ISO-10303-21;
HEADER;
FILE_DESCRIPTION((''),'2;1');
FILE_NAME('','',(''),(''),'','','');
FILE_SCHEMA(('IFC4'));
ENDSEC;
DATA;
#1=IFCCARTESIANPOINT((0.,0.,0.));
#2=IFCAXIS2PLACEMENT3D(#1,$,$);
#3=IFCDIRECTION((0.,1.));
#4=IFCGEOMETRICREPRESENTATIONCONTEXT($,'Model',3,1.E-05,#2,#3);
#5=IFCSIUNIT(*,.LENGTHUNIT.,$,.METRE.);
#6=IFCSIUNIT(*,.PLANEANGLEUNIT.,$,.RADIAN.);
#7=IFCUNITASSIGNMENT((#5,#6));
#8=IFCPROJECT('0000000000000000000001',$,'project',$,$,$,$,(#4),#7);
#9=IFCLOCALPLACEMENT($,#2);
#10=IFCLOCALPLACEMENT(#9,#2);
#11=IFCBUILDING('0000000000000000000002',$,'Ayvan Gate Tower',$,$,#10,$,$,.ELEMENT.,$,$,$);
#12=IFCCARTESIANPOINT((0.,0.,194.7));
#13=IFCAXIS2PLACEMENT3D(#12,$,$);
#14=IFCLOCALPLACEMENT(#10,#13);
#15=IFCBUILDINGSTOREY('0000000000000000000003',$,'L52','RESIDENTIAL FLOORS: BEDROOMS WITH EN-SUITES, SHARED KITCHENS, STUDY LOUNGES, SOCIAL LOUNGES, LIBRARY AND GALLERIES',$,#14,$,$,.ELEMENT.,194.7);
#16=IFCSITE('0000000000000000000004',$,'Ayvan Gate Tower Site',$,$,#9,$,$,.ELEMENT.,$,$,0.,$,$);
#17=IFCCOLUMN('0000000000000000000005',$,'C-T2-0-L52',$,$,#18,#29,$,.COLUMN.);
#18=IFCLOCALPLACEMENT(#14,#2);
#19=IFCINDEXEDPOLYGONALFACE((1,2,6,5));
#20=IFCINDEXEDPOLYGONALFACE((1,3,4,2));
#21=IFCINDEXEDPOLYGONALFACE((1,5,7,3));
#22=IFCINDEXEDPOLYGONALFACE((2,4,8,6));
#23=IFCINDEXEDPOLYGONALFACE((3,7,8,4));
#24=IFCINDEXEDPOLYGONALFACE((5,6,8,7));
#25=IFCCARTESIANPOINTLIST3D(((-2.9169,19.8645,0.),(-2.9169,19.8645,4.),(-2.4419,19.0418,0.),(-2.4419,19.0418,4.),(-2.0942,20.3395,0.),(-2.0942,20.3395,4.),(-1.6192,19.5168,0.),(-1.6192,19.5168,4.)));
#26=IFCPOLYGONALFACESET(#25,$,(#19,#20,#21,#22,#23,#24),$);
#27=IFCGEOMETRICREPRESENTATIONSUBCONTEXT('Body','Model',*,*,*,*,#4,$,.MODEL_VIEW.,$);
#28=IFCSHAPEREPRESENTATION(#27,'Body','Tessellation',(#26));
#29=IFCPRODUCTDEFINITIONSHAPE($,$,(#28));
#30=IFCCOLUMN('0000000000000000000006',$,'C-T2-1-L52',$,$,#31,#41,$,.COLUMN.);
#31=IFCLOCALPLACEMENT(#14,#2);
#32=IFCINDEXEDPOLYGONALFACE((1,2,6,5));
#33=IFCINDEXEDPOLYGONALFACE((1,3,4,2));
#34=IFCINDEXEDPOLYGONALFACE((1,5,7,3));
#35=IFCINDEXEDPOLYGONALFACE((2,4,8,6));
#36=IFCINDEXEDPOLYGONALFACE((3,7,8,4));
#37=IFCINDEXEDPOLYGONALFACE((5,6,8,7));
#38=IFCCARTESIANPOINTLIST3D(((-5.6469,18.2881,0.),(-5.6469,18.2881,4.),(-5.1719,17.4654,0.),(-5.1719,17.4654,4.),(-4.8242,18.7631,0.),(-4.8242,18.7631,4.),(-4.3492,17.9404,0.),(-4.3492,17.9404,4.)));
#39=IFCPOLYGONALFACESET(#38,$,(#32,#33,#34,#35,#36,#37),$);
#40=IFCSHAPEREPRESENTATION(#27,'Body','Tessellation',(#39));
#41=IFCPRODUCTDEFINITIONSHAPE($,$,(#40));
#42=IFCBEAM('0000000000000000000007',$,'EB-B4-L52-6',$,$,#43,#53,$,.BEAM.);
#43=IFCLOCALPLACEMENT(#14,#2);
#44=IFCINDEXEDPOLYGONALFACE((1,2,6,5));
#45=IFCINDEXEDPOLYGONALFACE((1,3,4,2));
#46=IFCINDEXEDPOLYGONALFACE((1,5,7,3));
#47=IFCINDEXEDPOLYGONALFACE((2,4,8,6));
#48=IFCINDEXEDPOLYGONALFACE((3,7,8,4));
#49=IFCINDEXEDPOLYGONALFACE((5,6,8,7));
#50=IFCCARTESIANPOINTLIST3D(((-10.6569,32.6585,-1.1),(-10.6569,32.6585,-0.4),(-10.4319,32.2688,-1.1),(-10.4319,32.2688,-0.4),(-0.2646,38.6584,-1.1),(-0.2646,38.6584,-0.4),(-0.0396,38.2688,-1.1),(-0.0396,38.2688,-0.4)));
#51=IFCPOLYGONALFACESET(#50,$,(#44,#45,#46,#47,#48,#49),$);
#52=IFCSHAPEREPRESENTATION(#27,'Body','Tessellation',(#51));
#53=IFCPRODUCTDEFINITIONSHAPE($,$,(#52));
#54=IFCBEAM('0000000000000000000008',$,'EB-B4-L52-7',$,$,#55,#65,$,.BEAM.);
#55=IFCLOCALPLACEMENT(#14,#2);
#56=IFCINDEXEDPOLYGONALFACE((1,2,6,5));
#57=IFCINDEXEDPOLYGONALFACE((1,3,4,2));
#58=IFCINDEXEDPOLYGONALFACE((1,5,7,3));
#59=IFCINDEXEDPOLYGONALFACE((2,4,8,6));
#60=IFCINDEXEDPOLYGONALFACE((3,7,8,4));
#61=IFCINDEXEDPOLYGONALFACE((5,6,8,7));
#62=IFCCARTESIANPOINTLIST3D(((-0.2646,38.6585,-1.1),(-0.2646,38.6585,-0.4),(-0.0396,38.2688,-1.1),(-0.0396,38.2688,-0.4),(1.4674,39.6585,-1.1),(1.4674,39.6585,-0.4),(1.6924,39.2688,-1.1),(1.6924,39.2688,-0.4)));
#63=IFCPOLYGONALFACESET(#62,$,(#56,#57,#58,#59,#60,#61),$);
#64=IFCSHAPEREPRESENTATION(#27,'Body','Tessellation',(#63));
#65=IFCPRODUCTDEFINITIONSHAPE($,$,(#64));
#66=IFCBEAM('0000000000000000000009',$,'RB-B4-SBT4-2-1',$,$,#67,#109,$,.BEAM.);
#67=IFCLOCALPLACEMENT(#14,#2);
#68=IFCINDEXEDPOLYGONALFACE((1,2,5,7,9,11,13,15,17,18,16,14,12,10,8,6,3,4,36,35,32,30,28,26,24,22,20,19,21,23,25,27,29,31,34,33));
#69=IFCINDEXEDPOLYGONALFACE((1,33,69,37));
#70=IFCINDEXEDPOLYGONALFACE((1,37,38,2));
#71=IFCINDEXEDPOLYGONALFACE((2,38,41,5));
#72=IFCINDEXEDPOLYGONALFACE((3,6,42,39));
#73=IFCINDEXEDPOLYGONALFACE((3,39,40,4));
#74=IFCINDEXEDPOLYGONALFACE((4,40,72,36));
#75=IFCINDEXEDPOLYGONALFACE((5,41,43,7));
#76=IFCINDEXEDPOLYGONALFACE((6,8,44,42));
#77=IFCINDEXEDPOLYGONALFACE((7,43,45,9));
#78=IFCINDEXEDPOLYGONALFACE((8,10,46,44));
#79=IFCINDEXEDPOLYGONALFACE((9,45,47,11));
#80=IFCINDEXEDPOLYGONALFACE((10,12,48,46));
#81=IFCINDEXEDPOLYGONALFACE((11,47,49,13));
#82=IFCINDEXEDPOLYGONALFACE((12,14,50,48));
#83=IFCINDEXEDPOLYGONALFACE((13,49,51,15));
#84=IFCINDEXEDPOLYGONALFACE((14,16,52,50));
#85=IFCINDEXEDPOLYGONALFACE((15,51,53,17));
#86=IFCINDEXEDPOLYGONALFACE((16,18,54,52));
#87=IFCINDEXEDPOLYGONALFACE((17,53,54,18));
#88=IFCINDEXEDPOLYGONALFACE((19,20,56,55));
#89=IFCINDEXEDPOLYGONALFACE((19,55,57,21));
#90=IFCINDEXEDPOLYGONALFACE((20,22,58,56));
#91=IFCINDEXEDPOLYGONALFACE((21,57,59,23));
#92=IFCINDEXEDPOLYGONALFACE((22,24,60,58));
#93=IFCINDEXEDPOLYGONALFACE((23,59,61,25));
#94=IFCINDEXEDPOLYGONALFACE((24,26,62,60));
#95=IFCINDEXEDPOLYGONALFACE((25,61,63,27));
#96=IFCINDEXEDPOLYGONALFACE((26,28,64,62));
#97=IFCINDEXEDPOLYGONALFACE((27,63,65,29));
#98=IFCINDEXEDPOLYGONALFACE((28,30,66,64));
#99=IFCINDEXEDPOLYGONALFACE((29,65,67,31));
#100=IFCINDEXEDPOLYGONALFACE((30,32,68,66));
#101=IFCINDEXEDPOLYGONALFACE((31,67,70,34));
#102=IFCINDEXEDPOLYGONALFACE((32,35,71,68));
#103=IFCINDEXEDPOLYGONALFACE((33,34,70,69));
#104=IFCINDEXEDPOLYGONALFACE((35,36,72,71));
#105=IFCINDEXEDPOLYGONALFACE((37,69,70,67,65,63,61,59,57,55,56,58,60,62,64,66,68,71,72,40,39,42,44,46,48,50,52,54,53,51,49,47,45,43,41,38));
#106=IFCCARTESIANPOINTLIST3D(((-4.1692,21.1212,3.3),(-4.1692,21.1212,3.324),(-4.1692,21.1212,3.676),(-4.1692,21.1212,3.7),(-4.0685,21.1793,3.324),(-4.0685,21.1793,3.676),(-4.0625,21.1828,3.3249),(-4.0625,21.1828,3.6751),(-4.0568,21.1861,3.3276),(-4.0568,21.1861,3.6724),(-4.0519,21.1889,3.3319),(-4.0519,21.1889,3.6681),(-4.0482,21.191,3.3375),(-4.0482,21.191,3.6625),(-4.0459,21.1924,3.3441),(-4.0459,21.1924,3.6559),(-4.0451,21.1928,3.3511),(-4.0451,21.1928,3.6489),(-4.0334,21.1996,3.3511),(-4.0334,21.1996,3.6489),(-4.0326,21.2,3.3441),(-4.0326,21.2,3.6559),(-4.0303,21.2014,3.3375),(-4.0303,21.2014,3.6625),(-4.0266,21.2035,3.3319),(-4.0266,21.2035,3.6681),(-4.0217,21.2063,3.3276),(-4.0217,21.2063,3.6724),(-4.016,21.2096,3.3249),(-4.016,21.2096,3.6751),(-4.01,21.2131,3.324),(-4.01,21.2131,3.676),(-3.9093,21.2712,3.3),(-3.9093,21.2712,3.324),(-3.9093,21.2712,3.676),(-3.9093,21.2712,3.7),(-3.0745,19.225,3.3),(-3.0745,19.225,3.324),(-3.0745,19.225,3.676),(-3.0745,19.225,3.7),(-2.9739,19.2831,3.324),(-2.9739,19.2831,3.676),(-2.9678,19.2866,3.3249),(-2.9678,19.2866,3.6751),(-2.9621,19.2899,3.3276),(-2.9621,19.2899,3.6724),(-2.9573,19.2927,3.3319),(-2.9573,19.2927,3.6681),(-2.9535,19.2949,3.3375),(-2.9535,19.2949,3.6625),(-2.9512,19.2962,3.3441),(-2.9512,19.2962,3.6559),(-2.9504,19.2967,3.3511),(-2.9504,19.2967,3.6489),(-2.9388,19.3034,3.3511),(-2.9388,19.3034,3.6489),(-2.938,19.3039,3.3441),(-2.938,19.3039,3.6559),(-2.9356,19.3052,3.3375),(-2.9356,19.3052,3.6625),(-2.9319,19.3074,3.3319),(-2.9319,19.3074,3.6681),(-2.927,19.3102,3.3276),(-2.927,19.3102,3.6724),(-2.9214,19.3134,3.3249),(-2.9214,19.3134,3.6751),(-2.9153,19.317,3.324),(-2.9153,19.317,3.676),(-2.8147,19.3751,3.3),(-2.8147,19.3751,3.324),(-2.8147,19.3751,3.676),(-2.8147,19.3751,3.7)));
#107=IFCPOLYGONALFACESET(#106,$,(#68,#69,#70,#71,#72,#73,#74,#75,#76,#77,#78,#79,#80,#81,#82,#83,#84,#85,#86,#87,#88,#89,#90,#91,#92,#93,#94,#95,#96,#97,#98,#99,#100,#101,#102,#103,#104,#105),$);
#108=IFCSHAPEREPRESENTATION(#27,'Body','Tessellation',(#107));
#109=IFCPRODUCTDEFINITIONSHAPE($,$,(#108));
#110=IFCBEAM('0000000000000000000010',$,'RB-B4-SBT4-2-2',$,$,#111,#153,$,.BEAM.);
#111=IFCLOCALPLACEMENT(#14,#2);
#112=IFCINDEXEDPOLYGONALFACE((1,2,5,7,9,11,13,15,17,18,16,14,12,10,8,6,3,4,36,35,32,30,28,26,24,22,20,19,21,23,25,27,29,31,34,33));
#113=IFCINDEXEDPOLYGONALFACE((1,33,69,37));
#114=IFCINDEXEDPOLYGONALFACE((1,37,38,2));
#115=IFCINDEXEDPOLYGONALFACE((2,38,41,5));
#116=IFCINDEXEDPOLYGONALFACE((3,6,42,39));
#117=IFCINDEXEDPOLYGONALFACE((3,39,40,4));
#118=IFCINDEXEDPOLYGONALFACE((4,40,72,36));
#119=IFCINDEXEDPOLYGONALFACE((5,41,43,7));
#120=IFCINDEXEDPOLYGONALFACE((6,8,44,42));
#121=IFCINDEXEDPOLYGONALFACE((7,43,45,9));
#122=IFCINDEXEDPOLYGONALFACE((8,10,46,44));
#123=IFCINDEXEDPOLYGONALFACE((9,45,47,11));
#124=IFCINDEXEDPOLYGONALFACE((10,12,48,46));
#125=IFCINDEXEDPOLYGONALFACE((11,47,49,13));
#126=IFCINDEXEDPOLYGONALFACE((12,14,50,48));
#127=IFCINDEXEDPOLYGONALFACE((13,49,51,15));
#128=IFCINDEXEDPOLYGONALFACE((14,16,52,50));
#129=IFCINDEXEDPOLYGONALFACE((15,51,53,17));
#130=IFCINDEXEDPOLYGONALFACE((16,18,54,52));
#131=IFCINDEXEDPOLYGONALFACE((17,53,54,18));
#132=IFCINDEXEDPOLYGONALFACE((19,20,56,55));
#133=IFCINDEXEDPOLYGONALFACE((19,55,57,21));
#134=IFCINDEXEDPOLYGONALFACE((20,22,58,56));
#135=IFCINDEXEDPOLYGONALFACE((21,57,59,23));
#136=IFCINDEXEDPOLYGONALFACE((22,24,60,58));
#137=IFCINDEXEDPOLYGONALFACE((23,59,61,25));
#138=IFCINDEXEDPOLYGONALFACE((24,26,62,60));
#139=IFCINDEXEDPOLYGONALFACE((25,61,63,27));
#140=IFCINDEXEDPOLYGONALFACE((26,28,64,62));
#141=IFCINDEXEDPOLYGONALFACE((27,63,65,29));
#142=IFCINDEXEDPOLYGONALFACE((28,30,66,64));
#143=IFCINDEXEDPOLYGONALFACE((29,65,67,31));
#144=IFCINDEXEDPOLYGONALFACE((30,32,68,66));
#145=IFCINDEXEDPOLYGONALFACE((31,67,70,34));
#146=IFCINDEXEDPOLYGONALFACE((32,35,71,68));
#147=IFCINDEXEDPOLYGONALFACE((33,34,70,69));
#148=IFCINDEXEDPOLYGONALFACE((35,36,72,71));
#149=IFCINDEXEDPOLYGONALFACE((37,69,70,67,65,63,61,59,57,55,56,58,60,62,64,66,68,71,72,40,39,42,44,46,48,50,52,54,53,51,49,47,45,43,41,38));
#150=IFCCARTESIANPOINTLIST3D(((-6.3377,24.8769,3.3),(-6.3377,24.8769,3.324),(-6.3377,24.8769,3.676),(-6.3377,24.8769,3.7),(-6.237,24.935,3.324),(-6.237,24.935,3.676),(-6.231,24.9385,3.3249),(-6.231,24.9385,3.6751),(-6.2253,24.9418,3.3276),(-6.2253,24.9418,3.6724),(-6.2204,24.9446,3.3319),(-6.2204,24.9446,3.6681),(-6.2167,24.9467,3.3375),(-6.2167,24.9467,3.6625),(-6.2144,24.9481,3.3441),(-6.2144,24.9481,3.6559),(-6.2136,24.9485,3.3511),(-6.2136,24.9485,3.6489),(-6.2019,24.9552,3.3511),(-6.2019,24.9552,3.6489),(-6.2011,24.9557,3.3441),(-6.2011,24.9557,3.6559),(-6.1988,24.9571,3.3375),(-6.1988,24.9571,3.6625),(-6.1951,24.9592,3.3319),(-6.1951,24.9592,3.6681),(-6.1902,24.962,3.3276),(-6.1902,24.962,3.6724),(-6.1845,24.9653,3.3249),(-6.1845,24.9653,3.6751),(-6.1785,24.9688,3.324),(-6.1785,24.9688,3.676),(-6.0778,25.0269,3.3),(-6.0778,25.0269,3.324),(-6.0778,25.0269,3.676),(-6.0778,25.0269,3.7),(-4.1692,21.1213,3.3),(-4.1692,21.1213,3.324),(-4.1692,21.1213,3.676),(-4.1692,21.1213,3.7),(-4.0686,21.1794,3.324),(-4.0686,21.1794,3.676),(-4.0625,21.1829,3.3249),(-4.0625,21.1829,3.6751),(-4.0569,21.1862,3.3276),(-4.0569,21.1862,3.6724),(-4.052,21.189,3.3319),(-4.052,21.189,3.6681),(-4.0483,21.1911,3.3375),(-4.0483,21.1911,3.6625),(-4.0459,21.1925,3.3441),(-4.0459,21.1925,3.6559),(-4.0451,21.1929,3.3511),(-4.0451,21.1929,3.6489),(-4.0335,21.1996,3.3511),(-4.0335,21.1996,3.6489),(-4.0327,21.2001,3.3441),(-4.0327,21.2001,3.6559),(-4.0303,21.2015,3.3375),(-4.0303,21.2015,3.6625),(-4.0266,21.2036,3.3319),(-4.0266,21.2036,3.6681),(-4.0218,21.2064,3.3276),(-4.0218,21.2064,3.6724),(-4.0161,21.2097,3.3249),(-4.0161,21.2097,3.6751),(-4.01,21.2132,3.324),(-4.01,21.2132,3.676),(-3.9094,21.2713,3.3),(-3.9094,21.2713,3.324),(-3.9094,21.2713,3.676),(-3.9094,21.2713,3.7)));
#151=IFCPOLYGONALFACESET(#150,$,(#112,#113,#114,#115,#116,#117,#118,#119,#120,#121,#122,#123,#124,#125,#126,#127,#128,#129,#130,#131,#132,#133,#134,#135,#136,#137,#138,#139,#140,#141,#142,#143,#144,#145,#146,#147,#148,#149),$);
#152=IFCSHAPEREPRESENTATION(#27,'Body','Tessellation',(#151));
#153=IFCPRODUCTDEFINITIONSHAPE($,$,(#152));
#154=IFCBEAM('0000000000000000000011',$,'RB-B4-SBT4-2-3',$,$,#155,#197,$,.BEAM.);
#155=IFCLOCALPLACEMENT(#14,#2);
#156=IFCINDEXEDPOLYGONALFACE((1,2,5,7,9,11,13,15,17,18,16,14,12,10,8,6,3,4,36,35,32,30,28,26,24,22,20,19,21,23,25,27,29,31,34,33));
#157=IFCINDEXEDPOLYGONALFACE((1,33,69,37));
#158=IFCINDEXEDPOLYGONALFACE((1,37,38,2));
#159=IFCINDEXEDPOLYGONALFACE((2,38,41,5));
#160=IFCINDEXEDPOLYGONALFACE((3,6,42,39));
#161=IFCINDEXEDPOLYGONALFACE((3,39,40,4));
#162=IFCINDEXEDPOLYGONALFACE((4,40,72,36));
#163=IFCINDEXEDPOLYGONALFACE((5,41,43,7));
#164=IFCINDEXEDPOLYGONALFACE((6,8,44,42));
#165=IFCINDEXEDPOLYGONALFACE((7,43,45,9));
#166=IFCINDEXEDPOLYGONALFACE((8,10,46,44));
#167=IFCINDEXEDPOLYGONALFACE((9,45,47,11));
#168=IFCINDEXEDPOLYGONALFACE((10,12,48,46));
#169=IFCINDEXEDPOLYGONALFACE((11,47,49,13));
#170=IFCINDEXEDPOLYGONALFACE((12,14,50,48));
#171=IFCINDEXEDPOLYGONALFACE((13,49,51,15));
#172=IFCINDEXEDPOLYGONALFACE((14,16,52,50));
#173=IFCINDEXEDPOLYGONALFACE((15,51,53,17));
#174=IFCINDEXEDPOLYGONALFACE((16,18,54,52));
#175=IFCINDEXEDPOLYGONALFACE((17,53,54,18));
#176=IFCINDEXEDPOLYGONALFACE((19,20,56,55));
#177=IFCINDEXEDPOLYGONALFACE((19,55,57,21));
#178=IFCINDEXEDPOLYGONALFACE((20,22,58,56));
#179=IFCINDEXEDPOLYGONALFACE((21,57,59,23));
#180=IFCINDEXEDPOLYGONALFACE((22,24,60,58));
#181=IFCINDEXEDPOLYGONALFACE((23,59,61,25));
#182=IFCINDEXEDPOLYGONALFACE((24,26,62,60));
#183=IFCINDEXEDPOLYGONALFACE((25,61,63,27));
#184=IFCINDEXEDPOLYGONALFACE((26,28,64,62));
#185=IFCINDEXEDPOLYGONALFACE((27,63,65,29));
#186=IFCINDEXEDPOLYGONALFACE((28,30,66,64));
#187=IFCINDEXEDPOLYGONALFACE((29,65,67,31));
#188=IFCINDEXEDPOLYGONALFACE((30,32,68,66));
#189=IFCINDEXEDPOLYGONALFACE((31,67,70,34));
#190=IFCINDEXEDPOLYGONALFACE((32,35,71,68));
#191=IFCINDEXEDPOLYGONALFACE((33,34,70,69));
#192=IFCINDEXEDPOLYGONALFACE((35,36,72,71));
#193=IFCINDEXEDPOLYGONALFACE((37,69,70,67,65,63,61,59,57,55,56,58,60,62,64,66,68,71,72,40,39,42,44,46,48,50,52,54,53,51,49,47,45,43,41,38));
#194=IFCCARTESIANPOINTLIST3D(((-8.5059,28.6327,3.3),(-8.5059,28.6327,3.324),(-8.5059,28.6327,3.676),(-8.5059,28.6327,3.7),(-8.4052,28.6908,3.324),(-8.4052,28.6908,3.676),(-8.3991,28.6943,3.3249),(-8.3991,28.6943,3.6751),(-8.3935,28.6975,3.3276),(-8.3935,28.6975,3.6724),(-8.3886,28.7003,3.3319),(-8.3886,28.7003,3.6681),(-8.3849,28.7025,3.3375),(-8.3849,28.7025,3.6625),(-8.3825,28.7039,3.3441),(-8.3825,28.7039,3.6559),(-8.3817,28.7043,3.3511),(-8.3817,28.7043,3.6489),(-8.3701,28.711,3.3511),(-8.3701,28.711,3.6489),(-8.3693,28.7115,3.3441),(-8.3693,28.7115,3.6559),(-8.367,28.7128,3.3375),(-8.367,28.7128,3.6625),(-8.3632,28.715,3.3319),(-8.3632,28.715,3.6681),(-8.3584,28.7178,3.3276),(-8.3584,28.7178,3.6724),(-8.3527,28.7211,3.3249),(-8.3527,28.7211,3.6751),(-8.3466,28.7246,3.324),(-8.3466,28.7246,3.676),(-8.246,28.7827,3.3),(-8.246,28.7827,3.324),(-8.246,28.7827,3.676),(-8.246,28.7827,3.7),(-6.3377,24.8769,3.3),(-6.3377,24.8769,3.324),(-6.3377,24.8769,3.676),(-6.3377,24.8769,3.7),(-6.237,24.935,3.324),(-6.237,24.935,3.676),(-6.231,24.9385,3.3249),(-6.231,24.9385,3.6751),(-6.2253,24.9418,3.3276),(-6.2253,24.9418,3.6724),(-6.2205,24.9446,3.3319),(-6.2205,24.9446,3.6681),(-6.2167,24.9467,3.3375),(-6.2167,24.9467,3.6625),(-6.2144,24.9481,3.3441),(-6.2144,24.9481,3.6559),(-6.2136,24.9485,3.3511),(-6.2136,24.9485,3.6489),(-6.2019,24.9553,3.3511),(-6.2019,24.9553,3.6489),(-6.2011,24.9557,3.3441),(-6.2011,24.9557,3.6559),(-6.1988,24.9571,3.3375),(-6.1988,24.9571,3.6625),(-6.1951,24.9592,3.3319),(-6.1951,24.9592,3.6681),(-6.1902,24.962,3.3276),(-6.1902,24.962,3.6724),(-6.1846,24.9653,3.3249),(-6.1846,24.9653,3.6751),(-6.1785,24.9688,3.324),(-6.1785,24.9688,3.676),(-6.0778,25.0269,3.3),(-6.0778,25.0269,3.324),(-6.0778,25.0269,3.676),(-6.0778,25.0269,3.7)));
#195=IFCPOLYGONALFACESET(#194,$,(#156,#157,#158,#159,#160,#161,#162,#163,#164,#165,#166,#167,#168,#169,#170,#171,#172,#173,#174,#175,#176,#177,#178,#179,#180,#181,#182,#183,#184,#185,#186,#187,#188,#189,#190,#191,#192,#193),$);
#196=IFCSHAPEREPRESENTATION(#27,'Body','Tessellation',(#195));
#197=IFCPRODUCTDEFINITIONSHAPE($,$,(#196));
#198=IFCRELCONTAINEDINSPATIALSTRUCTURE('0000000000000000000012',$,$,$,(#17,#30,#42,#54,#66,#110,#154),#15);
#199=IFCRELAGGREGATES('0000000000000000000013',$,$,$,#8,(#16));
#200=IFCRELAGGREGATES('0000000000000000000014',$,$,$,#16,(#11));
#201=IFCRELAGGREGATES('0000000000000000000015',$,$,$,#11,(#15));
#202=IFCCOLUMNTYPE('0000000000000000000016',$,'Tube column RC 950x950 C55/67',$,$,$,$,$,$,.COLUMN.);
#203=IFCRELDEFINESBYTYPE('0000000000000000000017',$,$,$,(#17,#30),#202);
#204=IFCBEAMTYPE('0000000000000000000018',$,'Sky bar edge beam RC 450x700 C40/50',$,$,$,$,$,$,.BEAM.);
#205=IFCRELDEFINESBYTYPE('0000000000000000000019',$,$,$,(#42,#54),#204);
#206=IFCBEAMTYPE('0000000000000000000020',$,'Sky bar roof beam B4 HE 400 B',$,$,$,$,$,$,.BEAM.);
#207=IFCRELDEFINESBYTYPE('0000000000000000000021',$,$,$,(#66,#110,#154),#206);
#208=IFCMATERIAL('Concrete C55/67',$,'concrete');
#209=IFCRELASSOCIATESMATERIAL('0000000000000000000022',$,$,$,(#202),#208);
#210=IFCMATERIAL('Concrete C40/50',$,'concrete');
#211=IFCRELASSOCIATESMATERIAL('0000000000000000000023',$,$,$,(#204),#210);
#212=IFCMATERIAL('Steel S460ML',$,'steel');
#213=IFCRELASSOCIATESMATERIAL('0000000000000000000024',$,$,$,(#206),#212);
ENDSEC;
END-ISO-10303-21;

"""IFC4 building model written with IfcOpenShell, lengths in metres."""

from ifc_helpers import new_model, si_unit, direction, frame, origin, origin_2d, place, context, subcontext, project, spatial, rectangle, i_section, extrude, material, material_profile, profile_set, type_object, element, save


model = new_model("IFC4")

# Units and contexts
model_context = context("Model", 3, precision=1e-05, world=origin(), true_north=direction((0.0, 1.0)))
body_context = subcontext(model_context, "Body", "Model", "MODEL_VIEW")
ifc_project = project(units=[si_unit("LENGTHUNIT", "METRE"), si_unit("PLANEANGLEUNIT", "RADIAN")], contexts=[model_context])

# Site, building, storey
site_placement = place(None, origin())
site = spatial("IfcSite", under=ifc_project, at=site_placement, Name="Ayvan Gate Tower Site", CompositionType="ELEMENT", RefElevation=0.0)
building_placement = place(site_placement, origin())
building = spatial("IfcBuilding", under=site, at=building_placement, Name="Ayvan Gate Tower", CompositionType="ELEMENT")
storey_placement = place(building_placement, frame((0.0, 0.0, 194.7)))
storey = spatial("IfcBuildingStorey", under=building, at=storey_placement, Name="L52", Description="RESIDENTIAL FLOORS: BEDROOMS WITH EN-SUITES, SHARED KITCHENS, STUDY LOUNGES, SOCIAL LOUNGES, LIBRARY AND GALLERIES", CompositionType="ELEMENT", Elevation=194.7)

# Columns
ifc_material_1 = material(Name="Concrete C55/67", Category="concrete")
ifc_material_profile_1 = material_profile(ifc_material_1, rectangle(XDim=0.95, YDim=0.95, at=origin_2d()), Name="RC 950x950")
ifc_profile_set_1 = profile_set([ifc_material_profile_1], Name="Concrete C55/67")
column_type = type_object("IfcColumnType", Name="Tube column RC 950x950 C55/67", PredefinedType="COLUMN", material=ifc_profile_set_1)
for number, where, z_axis, x_axis, name in (
    (1, (-2.2681, 19.6907, 0.0), (0.0, 0.0, 1.0), (-0.5, 0.866025, 0.0), "C-T2-0-L52"),
    (2, (-4.998, 18.1143, 0.0), (0.0, 0.0, 1.0), (-0.5, 0.866025, 0.0), "C-T2-1-L52"),
):
    element("IfcColumn", number, at=place(storey_placement, frame(where, z_axis=z_axis, x_axis=x_axis)), inside=storey, type_object=column_type, Name=name, PredefinedType="COLUMN", context=body_context, shape_type="SweptSolid", body=[
        extrude(rectangle(XDim=0.95, YDim=0.95, at=origin_2d()), origin(), (0.0, 0.0, 1.0), 4.0),
    ])

# Beams
ifc_material_2 = material(Name="Concrete C40/50", Category="concrete")
ifc_material_profile_2 = material_profile(ifc_material_2, rectangle(XDim=0.45, YDim=0.7, at=origin_2d()), Name="RC 450x700")
ifc_profile_set_2 = profile_set([ifc_material_profile_2], Name="Concrete C40/50")
beam_type_1 = type_object("IfcBeamType", Name="Sky bar edge beam RC 450x700 C40/50", PredefinedType="BEAM", material=ifc_profile_set_2)
beam_1_placement = place(storey_placement, frame((-10.5444, 32.4636, -0.75), z_axis=(0.866026, 0.499999, 0.0), x_axis=(-0.499999, 0.866026, 0.0)))
element("IfcBeam", 3, at=beam_1_placement, inside=storey, type_object=beam_type_1, Name="EB-B4-L52-6", PredefinedType="BEAM", context=body_context, shape_type="SweptSolid", body=[
    extrude(rectangle(XDim=0.45, YDim=0.7, at=origin_2d()), origin(), (0.0, 0.0, 1.0), 12.0),
])
beam_2_placement = place(storey_placement, frame((-0.1521, 38.4636, -0.75), z_axis=(0.866011, 0.500025, 0.0), x_axis=(-0.500025, 0.866011, 0.0)))
element("IfcBeam", 4, at=beam_2_placement, inside=storey, type_object=beam_type_1, Name="EB-B4-L52-7", PredefinedType="BEAM", context=body_context, shape_type="SweptSolid", body=[
    extrude(rectangle(XDim=0.45, YDim=0.7, at=origin_2d()), origin(), (0.0, 0.0, 1.0), 2.0),
])
ifc_material_3 = material(Name="Steel S460ML", Category="steel")
ifc_material_profile_3 = material_profile(ifc_material_3, i_section(OverallWidth=0.3, OverallDepth=0.3999, WebThickness=0.0134, FlangeThickness=0.0239, FilletRadius=0.0271, at=origin_2d()), Name="HE 400 B")
ifc_profile_set_3 = profile_set([ifc_material_profile_3], Name="Steel S460ML")
beam_type_2 = type_object("IfcBeamType", Name="Sky bar roof beam B4 HE 400 B", PredefinedType="BEAM", material=ifc_profile_set_3)
beam_3_placement = place(storey_placement, frame((-2.9446, 19.3, 3.5), z_axis=(-0.499977, 0.866039, 0.0), x_axis=(-0.866039, -0.499977, 0.0)))
element("IfcBeam", 5, at=beam_3_placement, inside=storey, type_object=beam_type_2, Name="RB-B4-SBT4-2-1", PredefinedType="BEAM", context=body_context, shape_type="SweptSolid", body=[
    extrude(i_section(OverallWidth=0.3, OverallDepth=0.3999, WebThickness=0.0134, FlangeThickness=0.0239, FilletRadius=0.0271, at=origin_2d()), origin(), (0.0, 0.0, 1.0), 2.1895),
])
for number, where, z_axis, x_axis, name in (
    (6, (-4.0393, 21.1963, 3.5), (-0.500026, 0.86601, 0.0), (-0.86601, -0.500026, 0.0), "RB-B4-SBT4-2-2"),
    (7, (-6.2078, 24.9519, 3.5), (-0.49996, 0.866049, 0.0), (-0.866049, -0.49996, 0.0), "RB-B4-SBT4-2-3"),
):
    element("IfcBeam", number, at=place(storey_placement, frame(where, z_axis=z_axis, x_axis=x_axis)), inside=storey, type_object=beam_type_2, Name=name, PredefinedType="BEAM", context=body_context, shape_type="SweptSolid", body=[
        extrude(i_section(OverallWidth=0.3, OverallDepth=0.3999, WebThickness=0.0134, FlangeThickness=0.0239, FilletRadius=0.0271, at=origin_2d()), origin(), (0.0, 0.0, 1.0), 4.3367),
    ])

save(model, "model.ifc")
